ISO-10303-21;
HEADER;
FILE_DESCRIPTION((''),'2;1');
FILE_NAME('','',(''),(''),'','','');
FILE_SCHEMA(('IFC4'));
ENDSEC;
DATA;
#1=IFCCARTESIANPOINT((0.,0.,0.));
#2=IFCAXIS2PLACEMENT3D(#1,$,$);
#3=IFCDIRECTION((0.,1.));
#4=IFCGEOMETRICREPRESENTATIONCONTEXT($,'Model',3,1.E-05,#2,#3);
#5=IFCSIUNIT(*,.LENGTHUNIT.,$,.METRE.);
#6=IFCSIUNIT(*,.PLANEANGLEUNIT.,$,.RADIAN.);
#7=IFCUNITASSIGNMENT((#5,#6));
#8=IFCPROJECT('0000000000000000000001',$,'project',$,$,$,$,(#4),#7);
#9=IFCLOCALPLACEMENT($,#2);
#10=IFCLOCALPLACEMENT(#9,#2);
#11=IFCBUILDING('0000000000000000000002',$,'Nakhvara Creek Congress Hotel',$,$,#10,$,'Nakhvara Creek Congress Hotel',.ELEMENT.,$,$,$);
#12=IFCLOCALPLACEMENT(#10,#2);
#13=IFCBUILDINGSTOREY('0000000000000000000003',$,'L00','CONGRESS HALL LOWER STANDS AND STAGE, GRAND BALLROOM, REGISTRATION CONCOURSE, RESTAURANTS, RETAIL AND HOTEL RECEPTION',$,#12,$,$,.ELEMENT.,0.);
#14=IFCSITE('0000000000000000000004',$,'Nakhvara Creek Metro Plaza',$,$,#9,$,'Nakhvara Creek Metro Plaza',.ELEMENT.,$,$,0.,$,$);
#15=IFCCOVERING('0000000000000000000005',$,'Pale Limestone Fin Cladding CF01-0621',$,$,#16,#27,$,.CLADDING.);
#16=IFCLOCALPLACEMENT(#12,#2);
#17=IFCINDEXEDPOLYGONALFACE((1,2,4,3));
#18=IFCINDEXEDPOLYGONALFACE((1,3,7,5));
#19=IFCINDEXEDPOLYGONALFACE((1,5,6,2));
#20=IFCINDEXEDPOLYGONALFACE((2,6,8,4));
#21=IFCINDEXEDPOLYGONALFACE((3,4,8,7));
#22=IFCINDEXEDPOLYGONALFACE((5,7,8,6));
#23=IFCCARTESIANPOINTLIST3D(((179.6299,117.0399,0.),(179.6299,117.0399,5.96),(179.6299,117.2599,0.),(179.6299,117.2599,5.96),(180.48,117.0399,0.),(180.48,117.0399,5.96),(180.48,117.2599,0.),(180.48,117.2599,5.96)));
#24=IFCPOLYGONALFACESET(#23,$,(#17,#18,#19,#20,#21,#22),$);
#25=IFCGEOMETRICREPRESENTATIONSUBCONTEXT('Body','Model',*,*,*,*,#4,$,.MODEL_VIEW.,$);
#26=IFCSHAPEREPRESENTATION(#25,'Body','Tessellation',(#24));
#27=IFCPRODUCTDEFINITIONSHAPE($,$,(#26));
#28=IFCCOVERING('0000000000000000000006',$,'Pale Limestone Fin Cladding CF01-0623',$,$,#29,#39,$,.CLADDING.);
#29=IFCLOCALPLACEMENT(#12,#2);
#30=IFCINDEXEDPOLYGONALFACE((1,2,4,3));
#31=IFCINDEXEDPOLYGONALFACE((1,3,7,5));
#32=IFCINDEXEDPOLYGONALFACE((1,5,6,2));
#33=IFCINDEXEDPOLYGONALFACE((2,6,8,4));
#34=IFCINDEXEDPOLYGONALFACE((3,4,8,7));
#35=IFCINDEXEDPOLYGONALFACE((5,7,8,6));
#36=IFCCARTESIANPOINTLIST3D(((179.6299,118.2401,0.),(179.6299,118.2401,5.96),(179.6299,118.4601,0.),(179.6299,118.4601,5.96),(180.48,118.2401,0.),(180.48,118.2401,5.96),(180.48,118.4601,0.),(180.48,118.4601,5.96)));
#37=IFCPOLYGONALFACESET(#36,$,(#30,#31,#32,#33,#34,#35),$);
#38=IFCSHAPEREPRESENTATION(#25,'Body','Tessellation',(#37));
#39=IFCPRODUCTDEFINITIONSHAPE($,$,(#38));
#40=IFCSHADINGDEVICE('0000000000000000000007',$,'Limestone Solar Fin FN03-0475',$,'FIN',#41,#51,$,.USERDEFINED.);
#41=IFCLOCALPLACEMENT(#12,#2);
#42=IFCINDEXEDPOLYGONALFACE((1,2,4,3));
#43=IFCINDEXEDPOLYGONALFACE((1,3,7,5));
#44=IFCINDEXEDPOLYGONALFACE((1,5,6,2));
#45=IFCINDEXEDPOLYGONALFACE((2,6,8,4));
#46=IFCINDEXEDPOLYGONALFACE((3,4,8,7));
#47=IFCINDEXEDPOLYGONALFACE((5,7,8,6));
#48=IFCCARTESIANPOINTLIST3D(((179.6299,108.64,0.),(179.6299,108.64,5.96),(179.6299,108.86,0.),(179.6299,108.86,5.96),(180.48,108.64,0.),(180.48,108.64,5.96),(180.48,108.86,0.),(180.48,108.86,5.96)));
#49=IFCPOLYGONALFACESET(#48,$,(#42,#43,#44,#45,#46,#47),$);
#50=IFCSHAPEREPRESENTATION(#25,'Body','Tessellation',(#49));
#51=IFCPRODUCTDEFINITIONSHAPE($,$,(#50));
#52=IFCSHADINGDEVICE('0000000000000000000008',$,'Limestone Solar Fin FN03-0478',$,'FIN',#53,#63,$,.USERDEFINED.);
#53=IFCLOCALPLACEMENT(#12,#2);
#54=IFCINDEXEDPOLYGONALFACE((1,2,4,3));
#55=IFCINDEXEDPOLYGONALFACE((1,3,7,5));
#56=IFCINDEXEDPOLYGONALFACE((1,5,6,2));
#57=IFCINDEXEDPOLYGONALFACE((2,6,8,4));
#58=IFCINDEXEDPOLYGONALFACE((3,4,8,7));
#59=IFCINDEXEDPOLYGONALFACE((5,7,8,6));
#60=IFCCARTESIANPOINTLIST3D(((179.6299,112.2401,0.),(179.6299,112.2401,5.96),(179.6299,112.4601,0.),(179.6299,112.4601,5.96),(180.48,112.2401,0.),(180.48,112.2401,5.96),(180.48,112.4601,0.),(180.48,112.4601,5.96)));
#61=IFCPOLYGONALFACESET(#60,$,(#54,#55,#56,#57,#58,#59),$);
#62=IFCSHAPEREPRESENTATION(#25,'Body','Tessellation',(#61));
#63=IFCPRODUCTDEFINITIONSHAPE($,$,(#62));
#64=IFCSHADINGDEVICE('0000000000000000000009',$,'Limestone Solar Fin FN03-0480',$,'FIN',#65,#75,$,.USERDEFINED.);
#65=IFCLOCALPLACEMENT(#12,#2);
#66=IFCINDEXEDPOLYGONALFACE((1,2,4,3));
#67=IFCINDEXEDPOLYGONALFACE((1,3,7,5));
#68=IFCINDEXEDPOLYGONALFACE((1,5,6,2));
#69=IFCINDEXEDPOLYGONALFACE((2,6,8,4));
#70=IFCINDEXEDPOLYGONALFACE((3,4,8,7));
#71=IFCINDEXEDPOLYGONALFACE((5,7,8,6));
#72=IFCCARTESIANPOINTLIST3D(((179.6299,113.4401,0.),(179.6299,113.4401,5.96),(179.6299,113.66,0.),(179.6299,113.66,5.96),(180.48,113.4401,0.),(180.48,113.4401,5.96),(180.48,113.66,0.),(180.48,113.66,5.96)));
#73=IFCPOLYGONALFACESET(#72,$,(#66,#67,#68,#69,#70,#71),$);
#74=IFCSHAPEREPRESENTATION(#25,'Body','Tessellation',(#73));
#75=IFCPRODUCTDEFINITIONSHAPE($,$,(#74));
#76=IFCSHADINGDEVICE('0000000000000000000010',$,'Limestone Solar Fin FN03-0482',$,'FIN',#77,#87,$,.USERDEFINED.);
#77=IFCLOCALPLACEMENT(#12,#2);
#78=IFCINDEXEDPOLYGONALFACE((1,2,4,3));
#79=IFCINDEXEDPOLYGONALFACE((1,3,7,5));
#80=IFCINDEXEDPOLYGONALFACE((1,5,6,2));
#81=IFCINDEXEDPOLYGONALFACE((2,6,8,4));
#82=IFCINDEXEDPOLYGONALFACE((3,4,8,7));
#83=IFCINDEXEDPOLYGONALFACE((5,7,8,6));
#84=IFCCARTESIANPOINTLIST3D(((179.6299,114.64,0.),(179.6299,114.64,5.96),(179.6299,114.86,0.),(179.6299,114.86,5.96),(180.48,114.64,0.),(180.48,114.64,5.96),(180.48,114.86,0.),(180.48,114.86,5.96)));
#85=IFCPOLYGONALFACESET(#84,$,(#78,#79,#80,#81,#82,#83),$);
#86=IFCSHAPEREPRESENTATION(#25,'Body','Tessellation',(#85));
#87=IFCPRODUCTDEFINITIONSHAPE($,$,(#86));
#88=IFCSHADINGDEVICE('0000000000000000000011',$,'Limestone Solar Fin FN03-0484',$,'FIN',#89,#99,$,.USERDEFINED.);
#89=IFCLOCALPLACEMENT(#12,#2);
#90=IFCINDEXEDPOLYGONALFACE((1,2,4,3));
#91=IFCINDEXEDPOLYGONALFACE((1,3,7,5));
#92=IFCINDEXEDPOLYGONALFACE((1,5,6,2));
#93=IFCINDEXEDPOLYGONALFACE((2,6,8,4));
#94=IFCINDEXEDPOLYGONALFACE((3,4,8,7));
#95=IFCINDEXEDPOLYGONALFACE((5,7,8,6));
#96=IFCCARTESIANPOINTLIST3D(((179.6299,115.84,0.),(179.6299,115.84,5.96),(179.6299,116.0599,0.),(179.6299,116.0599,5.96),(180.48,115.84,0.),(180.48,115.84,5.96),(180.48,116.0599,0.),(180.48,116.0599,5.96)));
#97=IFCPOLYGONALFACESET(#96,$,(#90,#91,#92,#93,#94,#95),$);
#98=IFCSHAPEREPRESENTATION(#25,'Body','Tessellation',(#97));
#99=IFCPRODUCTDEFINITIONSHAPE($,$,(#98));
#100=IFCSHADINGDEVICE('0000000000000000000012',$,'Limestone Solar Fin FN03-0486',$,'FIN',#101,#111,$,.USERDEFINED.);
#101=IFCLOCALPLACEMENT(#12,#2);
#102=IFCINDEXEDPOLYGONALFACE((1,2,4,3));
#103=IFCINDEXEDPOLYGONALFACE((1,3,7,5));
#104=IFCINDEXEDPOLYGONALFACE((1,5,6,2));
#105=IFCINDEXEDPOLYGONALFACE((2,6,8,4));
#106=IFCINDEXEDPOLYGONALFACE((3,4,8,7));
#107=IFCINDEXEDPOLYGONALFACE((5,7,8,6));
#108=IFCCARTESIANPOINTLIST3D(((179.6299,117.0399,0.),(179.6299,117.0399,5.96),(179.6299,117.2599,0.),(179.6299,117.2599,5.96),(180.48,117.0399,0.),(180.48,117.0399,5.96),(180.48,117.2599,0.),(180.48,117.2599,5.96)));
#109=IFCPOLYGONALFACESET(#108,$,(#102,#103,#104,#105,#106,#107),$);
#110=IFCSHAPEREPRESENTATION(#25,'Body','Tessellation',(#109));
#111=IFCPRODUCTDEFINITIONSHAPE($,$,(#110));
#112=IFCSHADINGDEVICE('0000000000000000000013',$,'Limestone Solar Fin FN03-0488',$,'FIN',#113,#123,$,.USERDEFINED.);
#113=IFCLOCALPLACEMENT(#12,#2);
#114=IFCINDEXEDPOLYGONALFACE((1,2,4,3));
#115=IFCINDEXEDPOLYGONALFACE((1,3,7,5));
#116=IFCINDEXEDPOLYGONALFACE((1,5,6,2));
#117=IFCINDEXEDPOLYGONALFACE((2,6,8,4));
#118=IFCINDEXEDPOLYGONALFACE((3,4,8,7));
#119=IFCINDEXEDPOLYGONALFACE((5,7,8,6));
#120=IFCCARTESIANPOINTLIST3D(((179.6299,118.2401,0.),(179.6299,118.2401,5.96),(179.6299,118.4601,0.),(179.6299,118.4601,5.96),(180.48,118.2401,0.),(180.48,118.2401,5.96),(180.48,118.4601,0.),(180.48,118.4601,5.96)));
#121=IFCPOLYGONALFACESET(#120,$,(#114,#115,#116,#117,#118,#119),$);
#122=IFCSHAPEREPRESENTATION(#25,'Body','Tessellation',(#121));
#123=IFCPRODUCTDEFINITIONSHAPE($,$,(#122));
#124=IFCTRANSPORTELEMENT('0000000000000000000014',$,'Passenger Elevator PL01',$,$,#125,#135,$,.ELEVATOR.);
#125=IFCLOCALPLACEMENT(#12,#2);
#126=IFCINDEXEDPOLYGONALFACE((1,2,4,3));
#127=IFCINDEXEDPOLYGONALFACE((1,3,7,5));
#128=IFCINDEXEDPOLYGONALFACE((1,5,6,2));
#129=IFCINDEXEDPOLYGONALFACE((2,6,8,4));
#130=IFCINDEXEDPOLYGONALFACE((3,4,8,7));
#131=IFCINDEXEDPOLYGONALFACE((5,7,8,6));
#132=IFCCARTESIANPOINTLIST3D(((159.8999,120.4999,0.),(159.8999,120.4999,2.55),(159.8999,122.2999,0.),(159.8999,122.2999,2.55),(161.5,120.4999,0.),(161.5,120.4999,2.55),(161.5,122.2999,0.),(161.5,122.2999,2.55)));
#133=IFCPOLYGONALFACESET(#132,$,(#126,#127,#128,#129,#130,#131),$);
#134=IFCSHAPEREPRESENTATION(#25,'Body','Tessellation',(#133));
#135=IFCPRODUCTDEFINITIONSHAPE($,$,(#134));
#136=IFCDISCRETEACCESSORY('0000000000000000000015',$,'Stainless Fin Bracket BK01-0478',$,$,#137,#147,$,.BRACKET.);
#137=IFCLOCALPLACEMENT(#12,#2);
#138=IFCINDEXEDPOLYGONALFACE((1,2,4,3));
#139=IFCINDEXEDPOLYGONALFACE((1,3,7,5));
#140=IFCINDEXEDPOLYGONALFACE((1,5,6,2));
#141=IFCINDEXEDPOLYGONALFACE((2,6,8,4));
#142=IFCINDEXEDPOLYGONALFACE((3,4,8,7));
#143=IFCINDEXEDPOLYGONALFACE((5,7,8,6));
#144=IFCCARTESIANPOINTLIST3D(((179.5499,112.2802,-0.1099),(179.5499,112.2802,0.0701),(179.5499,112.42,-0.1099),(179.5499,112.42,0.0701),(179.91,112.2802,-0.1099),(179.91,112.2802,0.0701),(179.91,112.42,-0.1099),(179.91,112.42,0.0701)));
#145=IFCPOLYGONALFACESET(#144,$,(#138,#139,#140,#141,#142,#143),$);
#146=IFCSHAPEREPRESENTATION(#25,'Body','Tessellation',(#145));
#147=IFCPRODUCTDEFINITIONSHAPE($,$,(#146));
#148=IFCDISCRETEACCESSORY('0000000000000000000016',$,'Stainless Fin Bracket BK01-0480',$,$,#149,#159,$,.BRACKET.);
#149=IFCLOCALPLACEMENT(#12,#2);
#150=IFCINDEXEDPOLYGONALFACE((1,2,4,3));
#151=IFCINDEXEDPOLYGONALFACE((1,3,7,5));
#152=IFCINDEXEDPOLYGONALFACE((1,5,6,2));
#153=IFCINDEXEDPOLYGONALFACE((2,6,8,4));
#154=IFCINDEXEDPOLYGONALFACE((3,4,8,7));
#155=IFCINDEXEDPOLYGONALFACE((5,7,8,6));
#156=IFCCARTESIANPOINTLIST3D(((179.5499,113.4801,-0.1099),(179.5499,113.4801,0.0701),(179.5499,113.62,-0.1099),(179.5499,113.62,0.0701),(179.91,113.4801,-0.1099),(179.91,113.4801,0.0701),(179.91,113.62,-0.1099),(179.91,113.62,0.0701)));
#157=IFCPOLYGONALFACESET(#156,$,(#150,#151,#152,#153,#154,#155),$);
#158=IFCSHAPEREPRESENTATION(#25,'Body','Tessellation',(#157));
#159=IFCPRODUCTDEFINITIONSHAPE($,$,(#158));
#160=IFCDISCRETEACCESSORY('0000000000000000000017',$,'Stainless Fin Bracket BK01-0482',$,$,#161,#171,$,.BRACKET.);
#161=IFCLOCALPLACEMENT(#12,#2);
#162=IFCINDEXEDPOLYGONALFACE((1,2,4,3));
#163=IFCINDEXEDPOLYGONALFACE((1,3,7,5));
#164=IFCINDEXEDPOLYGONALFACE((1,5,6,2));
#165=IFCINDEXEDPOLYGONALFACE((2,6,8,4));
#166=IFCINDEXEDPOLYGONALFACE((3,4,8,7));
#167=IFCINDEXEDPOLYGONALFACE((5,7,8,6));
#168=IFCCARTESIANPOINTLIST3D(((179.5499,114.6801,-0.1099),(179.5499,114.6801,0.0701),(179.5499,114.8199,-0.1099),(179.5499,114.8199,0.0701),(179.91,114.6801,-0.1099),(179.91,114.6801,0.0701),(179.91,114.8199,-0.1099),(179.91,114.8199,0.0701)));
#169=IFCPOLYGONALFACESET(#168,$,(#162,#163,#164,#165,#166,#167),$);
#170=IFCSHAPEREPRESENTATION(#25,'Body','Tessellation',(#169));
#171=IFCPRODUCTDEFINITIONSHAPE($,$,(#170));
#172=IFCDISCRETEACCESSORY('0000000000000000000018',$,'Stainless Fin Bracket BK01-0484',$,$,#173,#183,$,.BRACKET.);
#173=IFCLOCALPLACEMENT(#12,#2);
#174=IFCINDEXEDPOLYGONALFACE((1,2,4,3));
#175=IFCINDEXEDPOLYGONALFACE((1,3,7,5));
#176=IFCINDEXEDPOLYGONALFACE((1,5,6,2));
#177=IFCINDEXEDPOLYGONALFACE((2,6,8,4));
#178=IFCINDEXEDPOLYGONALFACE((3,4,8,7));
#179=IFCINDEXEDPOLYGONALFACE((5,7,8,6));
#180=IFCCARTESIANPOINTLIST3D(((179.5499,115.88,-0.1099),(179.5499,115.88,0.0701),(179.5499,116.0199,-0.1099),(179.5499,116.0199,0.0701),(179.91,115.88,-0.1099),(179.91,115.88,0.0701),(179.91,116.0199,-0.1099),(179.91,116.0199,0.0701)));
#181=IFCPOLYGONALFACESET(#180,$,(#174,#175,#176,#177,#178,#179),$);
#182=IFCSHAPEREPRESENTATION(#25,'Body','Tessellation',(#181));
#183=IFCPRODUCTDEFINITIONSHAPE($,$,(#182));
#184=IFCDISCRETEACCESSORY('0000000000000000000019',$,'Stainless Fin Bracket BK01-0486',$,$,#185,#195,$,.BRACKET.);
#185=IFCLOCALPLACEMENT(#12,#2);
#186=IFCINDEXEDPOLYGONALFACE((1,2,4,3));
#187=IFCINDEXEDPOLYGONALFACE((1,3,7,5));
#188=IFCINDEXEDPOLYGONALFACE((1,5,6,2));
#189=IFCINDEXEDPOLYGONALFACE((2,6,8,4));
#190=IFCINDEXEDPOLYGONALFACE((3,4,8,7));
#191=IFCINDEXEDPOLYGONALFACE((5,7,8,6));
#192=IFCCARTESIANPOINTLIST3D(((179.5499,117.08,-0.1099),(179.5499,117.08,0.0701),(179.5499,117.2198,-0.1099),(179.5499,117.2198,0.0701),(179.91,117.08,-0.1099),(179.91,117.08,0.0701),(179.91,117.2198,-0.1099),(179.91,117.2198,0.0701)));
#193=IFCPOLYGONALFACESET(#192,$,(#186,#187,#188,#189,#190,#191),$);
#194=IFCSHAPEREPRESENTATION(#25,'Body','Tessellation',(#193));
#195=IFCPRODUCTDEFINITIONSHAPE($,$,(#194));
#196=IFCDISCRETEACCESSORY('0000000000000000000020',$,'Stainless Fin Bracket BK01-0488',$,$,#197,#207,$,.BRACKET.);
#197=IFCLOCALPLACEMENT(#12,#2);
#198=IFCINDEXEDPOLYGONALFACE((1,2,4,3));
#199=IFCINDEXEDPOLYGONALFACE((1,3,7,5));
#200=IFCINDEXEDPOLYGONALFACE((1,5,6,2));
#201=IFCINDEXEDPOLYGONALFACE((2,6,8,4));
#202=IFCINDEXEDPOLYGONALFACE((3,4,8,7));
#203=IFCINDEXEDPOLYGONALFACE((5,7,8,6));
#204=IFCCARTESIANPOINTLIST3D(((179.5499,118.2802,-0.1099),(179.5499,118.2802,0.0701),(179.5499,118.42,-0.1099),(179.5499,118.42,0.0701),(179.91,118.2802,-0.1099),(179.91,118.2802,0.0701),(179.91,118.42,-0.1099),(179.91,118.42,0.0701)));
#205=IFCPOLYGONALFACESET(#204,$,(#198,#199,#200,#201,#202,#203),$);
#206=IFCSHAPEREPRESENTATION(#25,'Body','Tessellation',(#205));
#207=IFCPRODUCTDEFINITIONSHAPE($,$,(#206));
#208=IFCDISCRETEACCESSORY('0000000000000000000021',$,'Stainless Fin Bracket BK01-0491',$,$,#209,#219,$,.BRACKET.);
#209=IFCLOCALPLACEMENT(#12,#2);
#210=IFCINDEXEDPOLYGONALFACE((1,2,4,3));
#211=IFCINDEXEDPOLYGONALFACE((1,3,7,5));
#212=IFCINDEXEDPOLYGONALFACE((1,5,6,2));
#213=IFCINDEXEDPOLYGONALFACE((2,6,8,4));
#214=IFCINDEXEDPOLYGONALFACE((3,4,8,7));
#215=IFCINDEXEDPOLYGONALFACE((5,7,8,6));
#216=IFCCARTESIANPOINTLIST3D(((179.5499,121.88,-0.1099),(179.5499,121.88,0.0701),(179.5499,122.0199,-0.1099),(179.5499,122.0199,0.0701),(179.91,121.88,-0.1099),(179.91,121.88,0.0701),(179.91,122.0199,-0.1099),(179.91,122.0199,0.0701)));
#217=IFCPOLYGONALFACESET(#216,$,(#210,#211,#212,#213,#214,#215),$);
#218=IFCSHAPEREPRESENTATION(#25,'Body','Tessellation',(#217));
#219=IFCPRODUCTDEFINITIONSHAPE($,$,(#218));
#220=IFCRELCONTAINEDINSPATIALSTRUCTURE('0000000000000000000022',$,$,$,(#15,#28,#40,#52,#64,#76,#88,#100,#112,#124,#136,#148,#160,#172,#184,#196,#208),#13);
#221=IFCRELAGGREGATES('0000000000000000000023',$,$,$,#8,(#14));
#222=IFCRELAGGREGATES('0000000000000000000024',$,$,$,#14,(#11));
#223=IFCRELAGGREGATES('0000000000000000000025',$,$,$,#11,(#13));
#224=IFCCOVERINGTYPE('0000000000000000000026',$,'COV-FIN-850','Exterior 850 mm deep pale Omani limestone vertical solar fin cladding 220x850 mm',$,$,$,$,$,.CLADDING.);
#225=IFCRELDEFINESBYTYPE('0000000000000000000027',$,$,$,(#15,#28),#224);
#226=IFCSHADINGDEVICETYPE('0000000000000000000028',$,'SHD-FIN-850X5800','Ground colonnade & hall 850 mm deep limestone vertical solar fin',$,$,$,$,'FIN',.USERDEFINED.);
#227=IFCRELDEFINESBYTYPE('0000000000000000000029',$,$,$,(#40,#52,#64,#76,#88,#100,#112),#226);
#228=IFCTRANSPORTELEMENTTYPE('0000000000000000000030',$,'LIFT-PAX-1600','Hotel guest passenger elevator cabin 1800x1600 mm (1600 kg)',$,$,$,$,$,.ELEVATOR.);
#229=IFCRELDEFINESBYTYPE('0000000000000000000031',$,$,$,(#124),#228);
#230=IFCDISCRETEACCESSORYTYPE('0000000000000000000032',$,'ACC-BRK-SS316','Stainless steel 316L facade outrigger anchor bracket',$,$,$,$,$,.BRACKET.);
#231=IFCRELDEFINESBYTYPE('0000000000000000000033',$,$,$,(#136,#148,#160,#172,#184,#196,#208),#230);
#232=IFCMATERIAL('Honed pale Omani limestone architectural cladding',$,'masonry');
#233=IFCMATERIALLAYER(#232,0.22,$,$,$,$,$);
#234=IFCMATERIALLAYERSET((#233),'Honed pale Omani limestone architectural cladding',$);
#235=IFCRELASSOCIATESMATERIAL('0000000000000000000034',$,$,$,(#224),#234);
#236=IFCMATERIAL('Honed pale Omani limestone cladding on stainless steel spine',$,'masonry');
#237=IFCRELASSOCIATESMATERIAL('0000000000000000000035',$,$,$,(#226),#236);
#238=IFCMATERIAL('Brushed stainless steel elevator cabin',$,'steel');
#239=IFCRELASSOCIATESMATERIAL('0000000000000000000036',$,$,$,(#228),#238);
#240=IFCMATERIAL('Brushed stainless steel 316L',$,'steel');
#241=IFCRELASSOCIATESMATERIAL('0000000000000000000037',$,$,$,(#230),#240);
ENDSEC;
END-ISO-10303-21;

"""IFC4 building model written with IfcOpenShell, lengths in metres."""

from ifc_helpers import new_model, si_unit, direction, frame, origin, origin_2d, place, context, subcontext, project, spatial, rectangle, extrude, material, layer, layer_set, type_object, element, save


model = new_model("IFC4")

# Units and contexts
model_context = context("Model", 3, precision=1e-05, world=origin(), true_north=direction((0.0, 1.0)))
body_context = subcontext(model_context, "Body", "Model", "MODEL_VIEW")
ifc_project = project(units=[si_unit("LENGTHUNIT", "METRE"), si_unit("PLANEANGLEUNIT", "RADIAN")], contexts=[model_context])

# Site, building, storey
site_placement = place(None, origin())
site = spatial("IfcSite", under=ifc_project, at=site_placement, Name="Nakhvara Creek Metro Plaza", LongName="Nakhvara Creek Metro Plaza", CompositionType="ELEMENT", RefElevation=0.0)
building_placement = place(site_placement, origin())
building = spatial("IfcBuilding", under=site, at=building_placement, Name="Nakhvara Creek Congress Hotel", LongName="Nakhvara Creek Congress Hotel", CompositionType="ELEMENT")
storey_placement = place(building_placement, origin())
storey = spatial("IfcBuildingStorey", under=building, at=storey_placement, Name="L00", Description="CONGRESS HALL LOWER STANDS AND STAGE, GRAND BALLROOM, REGISTRATION CONCOURSE, RESTAURANTS, RETAIL AND HOTEL RECEPTION", CompositionType="ELEMENT", Elevation=0.0)

# Coverings
ifc_material_1 = material(Name="Honed pale Omani limestone architectural cladding", Category="masonry")
ifc_layer_1 = layer(ifc_material_1, 0.22)
ifc_layer_set_1 = layer_set([ifc_layer_1], Name="Honed pale Omani limestone architectural cladding")
covering_type = type_object("IfcCoveringType", Name="COV-FIN-850", Description="Exterior 850 mm deep pale Omani limestone vertical solar fin cladding 220x850 mm", PredefinedType="CLADDING", material=ifc_layer_set_1)
for number, where, z_axis, x_axis, name in (
    (1, (180.0549, 117.1499, 0.0), (0.0, 0.0, 1.0), (0.0, 1.0, 0.0), "Pale Limestone Fin Cladding CF01-0621"),
    (2, (180.0549, 118.3501, 0.0), (0.0, 0.0, 1.0), (0.0, 1.0, 0.0), "Pale Limestone Fin Cladding CF01-0623"),
):
    element("IfcCovering", number, at=place(storey_placement, frame(where, z_axis=z_axis, x_axis=x_axis)), inside=storey, type_object=covering_type, Name=name, PredefinedType="CLADDING", context=body_context, shape_type="SweptSolid", body=[
        extrude(rectangle(XDim=0.22, YDim=0.8501, at=origin_2d()), origin(), (0.0, 0.0, 1.0), 5.96),
    ])

# Shading devices
ifc_material_2 = material(Name="Honed pale Omani limestone cladding on stainless steel spine", Category="masonry")
shading_device_type = type_object("IfcShadingDeviceType", Name="SHD-FIN-850X5800", Description="Ground colonnade & hall 850 mm deep limestone vertical solar fin", ElementType="FIN", PredefinedType="USERDEFINED", material=ifc_material_2)
for number, where, z_axis, x_axis, name in (
    (3, (180.0549, 108.75, 0.0), (0.0, 0.0, 1.0), (0.0, 1.0, 0.0), "Limestone Solar Fin FN03-0475"),
    (4, (180.0549, 112.3501, 0.0), (0.0, 0.0, 1.0), (0.0, 1.0, 0.0), "Limestone Solar Fin FN03-0478"),
    (5, (180.0549, 113.55, 0.0), (0.0, 0.0, 1.0), (0.0, 1.0, 0.0), "Limestone Solar Fin FN03-0480"),
    (6, (180.0549, 114.75, 0.0), (0.0, 0.0, 1.0), (0.0, 1.0, 0.0), "Limestone Solar Fin FN03-0482"),
    (7, (180.0549, 115.95, 0.0), (0.0, 0.0, 1.0), (0.0, 1.0, 0.0), "Limestone Solar Fin FN03-0484"),
    (8, (180.0549, 117.1499, 0.0), (0.0, 0.0, 1.0), (0.0, 1.0, 0.0), "Limestone Solar Fin FN03-0486"),
    (9, (180.0549, 118.3501, 0.0), (0.0, 0.0, 1.0), (0.0, 1.0, 0.0), "Limestone Solar Fin FN03-0488"),
):
    element("IfcShadingDevice", number, at=place(storey_placement, frame(where, z_axis=z_axis, x_axis=x_axis)), inside=storey, type_object=shading_device_type, Name=name, ObjectType="FIN", PredefinedType="USERDEFINED", context=body_context, shape_type="SweptSolid", body=[
        extrude(rectangle(XDim=0.22, YDim=0.8501, at=origin_2d()), origin(), (0.0, 0.0, 1.0), 5.96),
    ])

# Transport element
ifc_material_3 = material(Name="Brushed stainless steel elevator cabin", Category="steel")
transport_element_type = type_object("IfcTransportElementType", Name="LIFT-PAX-1600", Description="Hotel guest passenger elevator cabin 1800x1600 mm (1600 kg)", PredefinedType="ELEVATOR", material=ifc_material_3)
transport_element_placement = place(storey_placement, frame((160.7, 121.3999, 0.0), z_axis=(0.0, 0.0, 1.0), x_axis=(0.0, 1.0, 0.0)))
element("IfcTransportElement", 10, at=transport_element_placement, inside=storey, type_object=transport_element_type, Name="Passenger Elevator PL01", PredefinedType="ELEVATOR", context=body_context, shape_type="SweptSolid", body=[
    extrude(rectangle(XDim=1.8, YDim=1.6001, at=origin_2d()), origin(), (0.0, 0.0, 1.0), 2.55),
])

# Discrete accessories
ifc_material_4 = material(Name="Brushed stainless steel 316L", Category="steel")
discrete_accessory_type = type_object("IfcDiscreteAccessoryType", Name="ACC-BRK-SS316", Description="Stainless steel 316L facade outrigger anchor bracket", PredefinedType="BRACKET", material=ifc_material_4)
for number, where, z_axis, x_axis, name in (
    (11, (179.73, 112.3501, -0.1099), (0.0, 0.0, 1.0), (0.0, 1.0, 0.0), "Stainless Fin Bracket BK01-0478"),
    (12, (179.73, 113.55, -0.1099), (0.0, 0.0, 1.0), (0.0, 1.0, 0.0), "Stainless Fin Bracket BK01-0480"),
    (13, (179.73, 114.75, -0.1099), (0.0, 0.0, 1.0), (0.0, 1.0, 0.0), "Stainless Fin Bracket BK01-0482"),
    (14, (179.73, 115.95, -0.1099), (0.0, 0.0, 1.0), (0.0, 1.0, 0.0), "Stainless Fin Bracket BK01-0484"),
    (15, (179.73, 117.1499, -0.1099), (0.0, 0.0, 1.0), (0.0, 1.0, 0.0), "Stainless Fin Bracket BK01-0486"),
    (16, (179.73, 118.3501, -0.1099), (0.0, 0.0, 1.0), (0.0, 1.0, 0.0), "Stainless Fin Bracket BK01-0488"),
    (17, (179.73, 121.95, -0.1099), (0.0, 0.0, 1.0), (0.0, 1.0, 0.0), "Stainless Fin Bracket BK01-0491"),
):
    element("IfcDiscreteAccessory", number, at=place(storey_placement, frame(where, z_axis=z_axis, x_axis=x_axis)), inside=storey, type_object=discrete_accessory_type, Name=name, PredefinedType="BRACKET", context=body_context, shape_type="SweptSolid", body=[
        extrude(rectangle(XDim=0.1399, YDim=0.3601, at=origin_2d()), origin(), (0.0, 0.0, 1.0), 0.1799),
    ])

save(model, "model.ifc")
